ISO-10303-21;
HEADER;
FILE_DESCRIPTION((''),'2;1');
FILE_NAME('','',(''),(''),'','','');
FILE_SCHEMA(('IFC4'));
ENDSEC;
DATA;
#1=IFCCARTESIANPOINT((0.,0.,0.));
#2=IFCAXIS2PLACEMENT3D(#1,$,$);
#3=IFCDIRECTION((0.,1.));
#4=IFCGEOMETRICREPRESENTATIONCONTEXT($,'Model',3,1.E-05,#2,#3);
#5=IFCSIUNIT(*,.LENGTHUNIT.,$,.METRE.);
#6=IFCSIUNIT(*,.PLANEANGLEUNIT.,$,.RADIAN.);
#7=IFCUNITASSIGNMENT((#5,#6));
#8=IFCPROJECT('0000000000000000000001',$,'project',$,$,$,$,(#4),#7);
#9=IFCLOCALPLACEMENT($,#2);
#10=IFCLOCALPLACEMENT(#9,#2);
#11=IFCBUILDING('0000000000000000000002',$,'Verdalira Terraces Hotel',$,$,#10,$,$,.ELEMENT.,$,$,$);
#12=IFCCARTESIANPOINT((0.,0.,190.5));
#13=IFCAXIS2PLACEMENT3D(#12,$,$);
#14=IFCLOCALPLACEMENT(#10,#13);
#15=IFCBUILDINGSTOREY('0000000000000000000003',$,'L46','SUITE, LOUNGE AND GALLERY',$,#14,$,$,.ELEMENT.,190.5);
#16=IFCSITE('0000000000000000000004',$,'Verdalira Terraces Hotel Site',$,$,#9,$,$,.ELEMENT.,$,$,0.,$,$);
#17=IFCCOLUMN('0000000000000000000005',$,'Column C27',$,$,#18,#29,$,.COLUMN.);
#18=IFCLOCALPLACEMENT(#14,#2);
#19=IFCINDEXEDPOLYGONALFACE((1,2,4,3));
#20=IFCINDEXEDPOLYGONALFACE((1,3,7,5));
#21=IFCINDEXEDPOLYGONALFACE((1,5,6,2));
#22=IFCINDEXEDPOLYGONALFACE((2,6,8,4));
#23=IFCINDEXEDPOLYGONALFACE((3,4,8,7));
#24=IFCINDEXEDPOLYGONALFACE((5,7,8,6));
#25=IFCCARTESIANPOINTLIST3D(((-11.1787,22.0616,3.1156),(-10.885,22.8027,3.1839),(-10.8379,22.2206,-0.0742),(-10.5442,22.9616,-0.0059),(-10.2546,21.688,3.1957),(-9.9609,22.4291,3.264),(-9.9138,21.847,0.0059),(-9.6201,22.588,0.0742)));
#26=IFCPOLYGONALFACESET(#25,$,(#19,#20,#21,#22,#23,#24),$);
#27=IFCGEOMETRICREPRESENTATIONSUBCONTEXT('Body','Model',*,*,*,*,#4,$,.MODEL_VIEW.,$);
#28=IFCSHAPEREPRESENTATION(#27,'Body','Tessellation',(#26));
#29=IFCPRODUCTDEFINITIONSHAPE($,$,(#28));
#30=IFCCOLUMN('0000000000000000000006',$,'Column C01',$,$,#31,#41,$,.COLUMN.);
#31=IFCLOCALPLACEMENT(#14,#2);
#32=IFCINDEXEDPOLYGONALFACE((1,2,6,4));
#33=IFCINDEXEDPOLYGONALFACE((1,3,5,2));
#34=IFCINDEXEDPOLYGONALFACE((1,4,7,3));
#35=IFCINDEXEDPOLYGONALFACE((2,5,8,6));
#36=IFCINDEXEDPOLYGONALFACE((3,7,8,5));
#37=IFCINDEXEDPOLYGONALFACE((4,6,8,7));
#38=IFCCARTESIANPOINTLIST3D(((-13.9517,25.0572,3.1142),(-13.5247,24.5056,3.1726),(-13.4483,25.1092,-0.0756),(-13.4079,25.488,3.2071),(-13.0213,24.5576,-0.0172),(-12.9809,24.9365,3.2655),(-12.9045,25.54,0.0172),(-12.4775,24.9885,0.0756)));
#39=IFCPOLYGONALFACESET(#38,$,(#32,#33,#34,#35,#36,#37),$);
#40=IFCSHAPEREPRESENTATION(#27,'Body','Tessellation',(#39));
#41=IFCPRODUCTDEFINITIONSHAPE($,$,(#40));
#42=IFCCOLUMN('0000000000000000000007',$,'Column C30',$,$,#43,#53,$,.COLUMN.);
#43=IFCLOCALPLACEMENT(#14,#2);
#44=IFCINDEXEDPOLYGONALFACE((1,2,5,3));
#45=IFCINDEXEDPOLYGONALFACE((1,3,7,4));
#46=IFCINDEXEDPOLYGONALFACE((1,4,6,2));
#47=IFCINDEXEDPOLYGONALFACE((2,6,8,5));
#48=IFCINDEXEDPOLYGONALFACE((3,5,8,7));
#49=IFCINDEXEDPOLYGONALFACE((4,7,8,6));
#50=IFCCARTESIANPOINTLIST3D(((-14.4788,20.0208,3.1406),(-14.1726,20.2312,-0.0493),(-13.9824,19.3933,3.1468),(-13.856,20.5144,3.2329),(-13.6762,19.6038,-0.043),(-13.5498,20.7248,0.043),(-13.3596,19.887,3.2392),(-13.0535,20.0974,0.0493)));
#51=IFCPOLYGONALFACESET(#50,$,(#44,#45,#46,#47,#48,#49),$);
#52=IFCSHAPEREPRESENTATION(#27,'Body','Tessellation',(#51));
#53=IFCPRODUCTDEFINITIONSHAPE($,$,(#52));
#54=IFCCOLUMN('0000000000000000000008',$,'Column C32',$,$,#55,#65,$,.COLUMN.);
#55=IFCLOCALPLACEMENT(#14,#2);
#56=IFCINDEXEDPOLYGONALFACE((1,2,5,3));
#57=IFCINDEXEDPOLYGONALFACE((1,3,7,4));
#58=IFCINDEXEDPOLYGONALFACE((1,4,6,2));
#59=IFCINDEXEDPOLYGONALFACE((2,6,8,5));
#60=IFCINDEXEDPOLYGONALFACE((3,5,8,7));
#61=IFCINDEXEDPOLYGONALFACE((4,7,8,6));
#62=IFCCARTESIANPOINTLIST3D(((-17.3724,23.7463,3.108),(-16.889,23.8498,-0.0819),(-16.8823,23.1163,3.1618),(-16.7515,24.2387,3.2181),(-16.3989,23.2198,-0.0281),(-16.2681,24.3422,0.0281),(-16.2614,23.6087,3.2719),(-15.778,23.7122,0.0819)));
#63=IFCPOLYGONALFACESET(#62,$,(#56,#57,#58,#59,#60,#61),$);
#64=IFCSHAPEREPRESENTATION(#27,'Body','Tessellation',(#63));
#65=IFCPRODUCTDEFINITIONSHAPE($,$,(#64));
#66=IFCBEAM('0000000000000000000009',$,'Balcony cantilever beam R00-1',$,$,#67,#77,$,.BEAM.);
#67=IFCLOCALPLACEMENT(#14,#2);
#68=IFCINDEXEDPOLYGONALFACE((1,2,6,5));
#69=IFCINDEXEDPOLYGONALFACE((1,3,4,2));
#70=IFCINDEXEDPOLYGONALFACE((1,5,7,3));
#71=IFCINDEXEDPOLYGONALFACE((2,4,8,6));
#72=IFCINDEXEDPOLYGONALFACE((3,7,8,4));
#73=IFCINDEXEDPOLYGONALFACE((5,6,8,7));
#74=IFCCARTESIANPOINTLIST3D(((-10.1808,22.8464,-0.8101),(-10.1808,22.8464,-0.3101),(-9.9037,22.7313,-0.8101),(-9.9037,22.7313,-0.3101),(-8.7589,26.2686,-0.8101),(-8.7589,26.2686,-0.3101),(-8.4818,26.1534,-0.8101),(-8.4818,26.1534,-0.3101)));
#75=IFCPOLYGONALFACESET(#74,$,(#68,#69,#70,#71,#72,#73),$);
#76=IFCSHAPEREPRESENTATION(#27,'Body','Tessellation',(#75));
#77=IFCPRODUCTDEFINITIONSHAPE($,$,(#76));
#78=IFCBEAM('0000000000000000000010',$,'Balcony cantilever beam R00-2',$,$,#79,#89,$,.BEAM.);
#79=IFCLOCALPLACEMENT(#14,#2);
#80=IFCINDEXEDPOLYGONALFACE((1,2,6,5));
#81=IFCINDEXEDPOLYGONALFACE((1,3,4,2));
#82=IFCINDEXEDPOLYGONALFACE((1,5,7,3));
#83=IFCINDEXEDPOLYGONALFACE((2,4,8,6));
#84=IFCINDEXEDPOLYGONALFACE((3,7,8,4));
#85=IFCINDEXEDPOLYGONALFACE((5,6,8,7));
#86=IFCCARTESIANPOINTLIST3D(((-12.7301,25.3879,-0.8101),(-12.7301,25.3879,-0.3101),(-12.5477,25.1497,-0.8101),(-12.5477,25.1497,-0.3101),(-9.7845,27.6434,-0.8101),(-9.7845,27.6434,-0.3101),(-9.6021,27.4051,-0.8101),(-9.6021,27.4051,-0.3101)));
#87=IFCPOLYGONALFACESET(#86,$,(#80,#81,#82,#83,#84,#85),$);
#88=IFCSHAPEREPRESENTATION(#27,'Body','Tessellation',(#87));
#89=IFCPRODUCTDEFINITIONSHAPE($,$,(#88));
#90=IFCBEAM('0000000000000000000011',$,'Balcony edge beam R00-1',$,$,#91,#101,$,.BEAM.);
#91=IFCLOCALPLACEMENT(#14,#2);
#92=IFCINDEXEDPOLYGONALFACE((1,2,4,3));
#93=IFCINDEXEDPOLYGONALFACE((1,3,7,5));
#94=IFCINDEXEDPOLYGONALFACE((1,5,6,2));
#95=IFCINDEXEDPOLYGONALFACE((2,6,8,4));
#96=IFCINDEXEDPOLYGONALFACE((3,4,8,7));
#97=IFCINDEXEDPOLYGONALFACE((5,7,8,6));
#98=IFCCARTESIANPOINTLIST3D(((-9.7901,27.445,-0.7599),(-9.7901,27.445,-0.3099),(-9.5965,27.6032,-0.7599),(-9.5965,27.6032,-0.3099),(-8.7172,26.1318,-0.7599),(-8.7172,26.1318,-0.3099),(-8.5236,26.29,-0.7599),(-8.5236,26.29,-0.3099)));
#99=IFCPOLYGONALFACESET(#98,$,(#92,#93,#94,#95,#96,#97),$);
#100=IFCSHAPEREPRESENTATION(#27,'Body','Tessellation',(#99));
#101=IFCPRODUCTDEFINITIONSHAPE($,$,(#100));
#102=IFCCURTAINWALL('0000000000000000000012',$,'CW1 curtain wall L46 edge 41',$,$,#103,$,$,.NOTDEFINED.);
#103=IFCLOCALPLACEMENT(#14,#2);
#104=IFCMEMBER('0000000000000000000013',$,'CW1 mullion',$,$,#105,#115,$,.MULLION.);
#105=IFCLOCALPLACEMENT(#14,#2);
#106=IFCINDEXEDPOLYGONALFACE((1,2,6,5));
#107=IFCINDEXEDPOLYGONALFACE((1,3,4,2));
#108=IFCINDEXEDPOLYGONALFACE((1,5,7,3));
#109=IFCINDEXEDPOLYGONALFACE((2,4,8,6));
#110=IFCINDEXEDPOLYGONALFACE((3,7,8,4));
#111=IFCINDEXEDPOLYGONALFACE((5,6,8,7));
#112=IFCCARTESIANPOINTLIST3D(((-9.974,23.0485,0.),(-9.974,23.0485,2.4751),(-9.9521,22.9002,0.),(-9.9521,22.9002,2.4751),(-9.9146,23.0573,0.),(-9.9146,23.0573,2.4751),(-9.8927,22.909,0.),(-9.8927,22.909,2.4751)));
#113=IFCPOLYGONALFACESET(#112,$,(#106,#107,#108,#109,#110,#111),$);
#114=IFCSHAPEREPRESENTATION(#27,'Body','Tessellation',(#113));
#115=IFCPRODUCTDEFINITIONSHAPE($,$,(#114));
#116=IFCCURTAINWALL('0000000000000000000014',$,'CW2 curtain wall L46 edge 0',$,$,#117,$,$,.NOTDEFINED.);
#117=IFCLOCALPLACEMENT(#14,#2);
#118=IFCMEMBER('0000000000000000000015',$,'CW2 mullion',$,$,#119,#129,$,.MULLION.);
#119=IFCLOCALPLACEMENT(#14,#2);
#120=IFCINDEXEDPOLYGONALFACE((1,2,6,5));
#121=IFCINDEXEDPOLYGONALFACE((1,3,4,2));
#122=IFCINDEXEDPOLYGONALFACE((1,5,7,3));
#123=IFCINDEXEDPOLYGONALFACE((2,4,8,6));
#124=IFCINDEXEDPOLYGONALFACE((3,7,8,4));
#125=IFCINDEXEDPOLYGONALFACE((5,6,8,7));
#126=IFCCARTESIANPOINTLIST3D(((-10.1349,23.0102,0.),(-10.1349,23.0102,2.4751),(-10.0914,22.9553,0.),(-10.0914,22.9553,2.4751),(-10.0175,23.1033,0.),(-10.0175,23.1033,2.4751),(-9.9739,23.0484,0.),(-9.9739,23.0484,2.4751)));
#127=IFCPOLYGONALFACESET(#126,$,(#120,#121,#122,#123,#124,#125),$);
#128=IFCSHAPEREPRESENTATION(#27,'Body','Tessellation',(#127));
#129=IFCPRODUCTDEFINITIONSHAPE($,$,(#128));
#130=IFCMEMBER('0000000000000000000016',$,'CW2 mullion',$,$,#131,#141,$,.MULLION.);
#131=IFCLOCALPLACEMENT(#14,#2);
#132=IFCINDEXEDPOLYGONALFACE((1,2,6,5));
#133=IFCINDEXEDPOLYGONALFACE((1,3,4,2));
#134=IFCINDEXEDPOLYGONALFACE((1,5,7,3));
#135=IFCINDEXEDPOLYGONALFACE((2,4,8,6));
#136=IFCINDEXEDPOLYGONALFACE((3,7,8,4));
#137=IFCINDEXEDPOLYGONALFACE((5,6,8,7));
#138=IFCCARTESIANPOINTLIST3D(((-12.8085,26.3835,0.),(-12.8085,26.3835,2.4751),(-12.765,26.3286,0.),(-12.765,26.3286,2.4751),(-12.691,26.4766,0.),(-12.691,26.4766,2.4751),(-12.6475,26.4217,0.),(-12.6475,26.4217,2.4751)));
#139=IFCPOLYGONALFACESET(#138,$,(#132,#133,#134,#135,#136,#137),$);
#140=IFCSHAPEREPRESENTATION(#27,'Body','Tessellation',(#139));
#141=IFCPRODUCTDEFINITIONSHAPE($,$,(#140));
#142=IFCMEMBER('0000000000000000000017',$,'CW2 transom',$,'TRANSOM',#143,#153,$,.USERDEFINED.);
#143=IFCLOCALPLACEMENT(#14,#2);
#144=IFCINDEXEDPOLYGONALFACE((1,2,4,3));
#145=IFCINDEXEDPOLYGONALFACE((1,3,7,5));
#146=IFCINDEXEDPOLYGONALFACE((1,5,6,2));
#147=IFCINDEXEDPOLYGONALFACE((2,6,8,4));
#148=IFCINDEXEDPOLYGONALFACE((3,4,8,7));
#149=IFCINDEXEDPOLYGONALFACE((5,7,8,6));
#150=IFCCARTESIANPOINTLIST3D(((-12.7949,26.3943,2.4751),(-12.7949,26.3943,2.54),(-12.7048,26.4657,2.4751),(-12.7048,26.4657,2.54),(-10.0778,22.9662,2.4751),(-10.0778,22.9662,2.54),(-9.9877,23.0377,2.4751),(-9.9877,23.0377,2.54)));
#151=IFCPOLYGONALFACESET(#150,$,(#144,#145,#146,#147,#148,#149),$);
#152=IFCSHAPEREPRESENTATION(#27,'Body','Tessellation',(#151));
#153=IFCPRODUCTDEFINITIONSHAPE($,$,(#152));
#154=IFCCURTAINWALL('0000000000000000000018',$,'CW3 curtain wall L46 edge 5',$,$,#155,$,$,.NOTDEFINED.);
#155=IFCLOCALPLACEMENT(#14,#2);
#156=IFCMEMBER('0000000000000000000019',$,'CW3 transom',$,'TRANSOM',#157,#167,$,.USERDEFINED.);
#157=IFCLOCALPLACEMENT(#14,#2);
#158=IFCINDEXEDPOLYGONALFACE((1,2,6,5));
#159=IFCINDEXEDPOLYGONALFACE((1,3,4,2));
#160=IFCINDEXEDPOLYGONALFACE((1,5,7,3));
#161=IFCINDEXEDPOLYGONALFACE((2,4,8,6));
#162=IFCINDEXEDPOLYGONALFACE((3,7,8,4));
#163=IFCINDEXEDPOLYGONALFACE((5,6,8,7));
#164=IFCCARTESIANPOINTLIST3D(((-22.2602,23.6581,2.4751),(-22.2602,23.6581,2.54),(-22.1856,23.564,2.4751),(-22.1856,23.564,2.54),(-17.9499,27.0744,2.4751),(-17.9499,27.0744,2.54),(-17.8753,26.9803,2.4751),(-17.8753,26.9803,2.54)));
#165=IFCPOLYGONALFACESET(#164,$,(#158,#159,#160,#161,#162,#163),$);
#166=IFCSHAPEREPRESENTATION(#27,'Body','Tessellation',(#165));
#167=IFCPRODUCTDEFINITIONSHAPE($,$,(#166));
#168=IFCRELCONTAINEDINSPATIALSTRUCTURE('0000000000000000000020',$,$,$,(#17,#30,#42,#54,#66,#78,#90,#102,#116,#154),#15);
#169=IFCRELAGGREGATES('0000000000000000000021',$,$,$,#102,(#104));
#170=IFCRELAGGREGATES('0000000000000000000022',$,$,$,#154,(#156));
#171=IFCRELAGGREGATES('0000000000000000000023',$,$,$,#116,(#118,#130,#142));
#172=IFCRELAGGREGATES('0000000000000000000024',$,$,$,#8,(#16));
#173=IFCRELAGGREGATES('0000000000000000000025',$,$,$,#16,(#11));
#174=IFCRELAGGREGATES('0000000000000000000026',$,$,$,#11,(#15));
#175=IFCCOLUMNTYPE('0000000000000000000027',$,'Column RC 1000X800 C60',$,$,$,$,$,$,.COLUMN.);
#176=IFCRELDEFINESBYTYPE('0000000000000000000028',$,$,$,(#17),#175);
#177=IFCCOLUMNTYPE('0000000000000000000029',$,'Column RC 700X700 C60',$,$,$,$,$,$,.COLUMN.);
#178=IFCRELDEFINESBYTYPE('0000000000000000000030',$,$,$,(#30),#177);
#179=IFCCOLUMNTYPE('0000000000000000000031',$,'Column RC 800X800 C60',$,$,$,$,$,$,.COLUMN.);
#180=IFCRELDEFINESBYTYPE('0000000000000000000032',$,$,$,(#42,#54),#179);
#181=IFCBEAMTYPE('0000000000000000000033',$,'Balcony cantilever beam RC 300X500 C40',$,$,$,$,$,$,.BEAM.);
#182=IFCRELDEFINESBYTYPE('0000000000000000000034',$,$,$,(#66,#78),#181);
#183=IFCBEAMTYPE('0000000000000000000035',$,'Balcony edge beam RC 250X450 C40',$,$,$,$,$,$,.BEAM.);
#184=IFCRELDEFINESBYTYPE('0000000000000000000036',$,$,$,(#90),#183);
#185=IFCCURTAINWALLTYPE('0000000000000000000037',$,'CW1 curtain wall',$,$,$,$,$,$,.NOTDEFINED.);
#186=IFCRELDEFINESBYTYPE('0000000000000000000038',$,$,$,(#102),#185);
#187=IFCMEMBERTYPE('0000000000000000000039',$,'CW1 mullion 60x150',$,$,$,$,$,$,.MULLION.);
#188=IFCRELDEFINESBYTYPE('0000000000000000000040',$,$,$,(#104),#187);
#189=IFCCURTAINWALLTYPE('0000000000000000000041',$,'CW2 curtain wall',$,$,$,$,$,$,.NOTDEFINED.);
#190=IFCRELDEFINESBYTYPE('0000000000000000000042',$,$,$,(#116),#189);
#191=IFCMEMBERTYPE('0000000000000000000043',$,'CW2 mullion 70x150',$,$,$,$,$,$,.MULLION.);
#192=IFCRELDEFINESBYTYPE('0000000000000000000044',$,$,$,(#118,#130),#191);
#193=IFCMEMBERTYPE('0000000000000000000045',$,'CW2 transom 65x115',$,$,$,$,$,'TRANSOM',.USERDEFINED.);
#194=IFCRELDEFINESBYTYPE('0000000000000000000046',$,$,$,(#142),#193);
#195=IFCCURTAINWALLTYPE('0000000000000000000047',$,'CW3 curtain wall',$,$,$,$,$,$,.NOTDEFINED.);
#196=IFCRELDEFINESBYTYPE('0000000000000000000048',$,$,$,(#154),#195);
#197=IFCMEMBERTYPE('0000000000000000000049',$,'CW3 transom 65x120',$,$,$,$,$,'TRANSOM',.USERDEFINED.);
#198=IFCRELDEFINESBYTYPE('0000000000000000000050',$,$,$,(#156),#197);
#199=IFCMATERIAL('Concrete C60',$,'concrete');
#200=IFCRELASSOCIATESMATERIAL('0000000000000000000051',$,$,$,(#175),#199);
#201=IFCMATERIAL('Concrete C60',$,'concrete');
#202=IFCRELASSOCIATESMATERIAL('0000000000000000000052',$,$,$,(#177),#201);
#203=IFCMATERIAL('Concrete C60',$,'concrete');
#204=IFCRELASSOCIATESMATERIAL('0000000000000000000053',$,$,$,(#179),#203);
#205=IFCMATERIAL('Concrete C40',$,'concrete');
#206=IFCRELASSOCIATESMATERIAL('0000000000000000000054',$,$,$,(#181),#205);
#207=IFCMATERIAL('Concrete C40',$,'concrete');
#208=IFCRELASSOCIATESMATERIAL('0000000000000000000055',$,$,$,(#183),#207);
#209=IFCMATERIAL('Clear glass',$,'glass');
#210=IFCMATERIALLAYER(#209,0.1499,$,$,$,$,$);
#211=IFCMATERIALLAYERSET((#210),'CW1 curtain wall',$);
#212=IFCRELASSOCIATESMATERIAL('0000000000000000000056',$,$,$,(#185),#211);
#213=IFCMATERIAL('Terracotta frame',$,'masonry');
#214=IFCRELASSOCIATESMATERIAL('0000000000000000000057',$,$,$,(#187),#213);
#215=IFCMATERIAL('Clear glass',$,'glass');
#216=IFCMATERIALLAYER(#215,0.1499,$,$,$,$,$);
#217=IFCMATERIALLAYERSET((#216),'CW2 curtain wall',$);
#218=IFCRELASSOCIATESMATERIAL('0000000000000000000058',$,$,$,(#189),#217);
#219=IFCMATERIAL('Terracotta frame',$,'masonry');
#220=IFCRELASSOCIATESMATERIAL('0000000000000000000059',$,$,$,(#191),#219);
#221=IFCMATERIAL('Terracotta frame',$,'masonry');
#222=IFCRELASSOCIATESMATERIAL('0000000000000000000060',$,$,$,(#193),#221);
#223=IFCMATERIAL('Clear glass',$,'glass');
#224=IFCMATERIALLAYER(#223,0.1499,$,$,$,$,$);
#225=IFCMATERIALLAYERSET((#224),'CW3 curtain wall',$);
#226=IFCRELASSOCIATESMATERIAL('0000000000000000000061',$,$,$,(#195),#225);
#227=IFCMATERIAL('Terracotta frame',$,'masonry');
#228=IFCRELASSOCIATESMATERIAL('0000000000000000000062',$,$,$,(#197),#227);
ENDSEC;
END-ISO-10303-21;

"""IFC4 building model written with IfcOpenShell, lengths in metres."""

from ifc_helpers import new_model, si_unit, direction, frame, origin, origin_2d, place, context, subcontext, project, spatial, rectangle, extrude, material, layer, layer_set, material_profile, profile_set, type_object, element, aggregate, save


model = new_model("IFC4")

# Units and contexts
model_context = context("Model", 3, precision=1e-05, world=origin(), true_north=direction((0.0, 1.0)))
body_context = subcontext(model_context, "Body", "Model", "MODEL_VIEW")
ifc_project = project(units=[si_unit("LENGTHUNIT", "METRE"), si_unit("PLANEANGLEUNIT", "RADIAN")], contexts=[model_context])

# Site, building, storey
site_placement = place(None, origin())
site = spatial("IfcSite", under=ifc_project, at=site_placement, Name="Verdalira Terraces Hotel Site", CompositionType="ELEMENT", RefElevation=0.0)
building_placement = place(site_placement, origin())
building = spatial("IfcBuilding", under=site, at=building_placement, Name="Verdalira Terraces Hotel", CompositionType="ELEMENT")
storey_placement = place(building_placement, frame((0.0, 0.0, 190.5)))
storey = spatial("IfcBuildingStorey", under=building, at=storey_placement, Name="L46", Description="SUITE, LOUNGE AND GALLERY", CompositionType="ELEMENT", Elevation=190.5)

# Columns
ifc_material_1 = material(Name="Concrete C60", Category="concrete")
ifc_material_profile_1 = material_profile(ifc_material_1, rectangle(XDim=1.0, YDim=0.8, at=origin_2d()), Name="RC 1000X800")
ifc_profile_set_1 = profile_set([ifc_material_profile_1], Name="Concrete C60")
column_type_1 = type_object("IfcColumnType", Name="Column RC 1000X800 C60", PredefinedType="COLUMN", material=ifc_profile_set_1)
column_1_placement = place(storey_placement, frame((-10.229, 22.4043, 0.0), z_axis=(-0.106107, -0.049481, 0.993123), x_axis=(0.924117, -0.373615, 0.08012)))
element("IfcColumn", 1, at=column_1_placement, inside=storey, type_object=column_type_1, Name="Column C27", PredefinedType="COLUMN", context=body_context, shape_type="SweptSolid", body=[
    extrude(rectangle(XDim=1.0, YDim=0.8, at=origin_2d()), origin(), (0.0, 0.0, 1.0), 3.2119),
])
ifc_material_2 = material(Name="Concrete C60", Category="concrete")
ifc_material_profile_2 = material_profile(ifc_material_2, rectangle(XDim=0.7, YDim=0.7, at=origin_2d()), Name="RC 700X700")
ifc_profile_set_2 = profile_set([ifc_material_profile_2], Name="Concrete C60")
column_type_2 = type_object("IfcColumnType", Name="Column RC 700X700 C60", PredefinedType="COLUMN", material=ifc_profile_set_2)
column_2_placement = place(storey_placement, frame((-12.9629, 25.0488, 0.0), z_axis=(-0.155865, -0.0161, 0.987647), x_axis=(-0.610089, 0.787927, -0.083436)))
element("IfcColumn", 2, at=column_2_placement, inside=storey, type_object=column_type_2, Name="Column C01", PredefinedType="COLUMN", context=body_context, shape_type="SweptSolid", body=[
    extrude(rectangle(XDim=0.7, YDim=0.7, at=origin_2d()), origin(), (0.0, 0.0, 1.0), 3.2297),
])
ifc_material_3 = material(Name="Concrete C60", Category="concrete")
ifc_material_profile_3 = material_profile(ifc_material_3, rectangle(XDim=0.8, YDim=0.8, at=origin_2d()), Name="RC 800X800")
ifc_profile_set_3 = profile_set([ifc_material_profile_3], Name="Concrete C60")
column_type_3 = type_object("IfcColumnType", Name="Column RC 800X800 C60", PredefinedType="COLUMN", material=ifc_profile_set_3)
column_3_placement = place(storey_placement, frame((-13.613, 20.1643, 0.0), z_axis=(-0.09533, -0.06553, 0.993286), x_axis=(-0.620429, 0.784224, -0.007808)))
element("IfcColumn", 3, at=column_3_placement, inside=storey, type_object=column_type_3, Name="Column C30", PredefinedType="COLUMN", context=body_context, shape_type="SweptSolid", body=[
    extrude(rectangle(XDim=0.8, YDim=0.8, at=origin_2d()), origin(), (0.0, 0.0, 1.0), 3.2114),
])
column_4_placement = place(storey_placement, frame((-16.3335, 23.781, 0.0), z_axis=(-0.149751, -0.032068, 0.988204), x_axis=(-0.612632, 0.787499, -0.067282)))
element("IfcColumn", 4, at=column_4_placement, inside=storey, type_object=column_type_3, Name="Column C32", PredefinedType="COLUMN", context=body_context, shape_type="SweptSolid", body=[
    extrude(rectangle(XDim=0.8, YDim=0.8, at=origin_2d()), origin(), (0.0, 0.0, 1.0), 3.228),
])

# Beams
ifc_material_4 = material(Name="Concrete C40", Category="concrete")
ifc_material_profile_4 = material_profile(ifc_material_4, rectangle(XDim=0.3, YDim=0.5, at=origin_2d()), Name="RC 300X500")
ifc_profile_set_4 = profile_set([ifc_material_profile_4], Name="Concrete C40")
beam_type_1 = type_object("IfcBeamType", Name="Balcony cantilever beam RC 300X500 C40", PredefinedType="BEAM", material=ifc_profile_set_4)
beam_1_placement = place(storey_placement, frame((-10.0422, 22.7888, -0.5601), z_axis=(0.383694, 0.92346, 0.0), x_axis=(-0.92346, 0.383694, 0.0)))
element("IfcBeam", 5, at=beam_1_placement, inside=storey, type_object=beam_type_1, Name="Balcony cantilever beam R00-1", PredefinedType="BEAM", context=body_context, shape_type="SweptSolid", body=[
    extrude(rectangle(XDim=0.3, YDim=0.5, at=origin_2d()), origin(), (0.0, 0.0, 1.0), 3.7058),
])
beam_2_placement = place(storey_placement, frame((-12.6389, 25.2688, -0.5601), z_axis=(0.793982, 0.607941, 0.0), x_axis=(-0.607941, 0.793982, 0.0)))
element("IfcBeam", 6, at=beam_2_placement, inside=storey, type_object=beam_type_1, Name="Balcony cantilever beam R00-2", PredefinedType="BEAM", context=body_context, shape_type="SweptSolid", body=[
    extrude(rectangle(XDim=0.3, YDim=0.5, at=origin_2d()), origin(), (0.0, 0.0, 1.0), 3.71),
])
ifc_material_5 = material(Name="Concrete C40", Category="concrete")
ifc_material_profile_5 = material_profile(ifc_material_5, rectangle(XDim=0.25, YDim=0.45, at=origin_2d()), Name="RC 250X450")
ifc_profile_set_5 = profile_set([ifc_material_profile_5], Name="Concrete C40")
beam_type_2 = type_object("IfcBeamType", Name="Balcony edge beam RC 250X450 C40", PredefinedType="BEAM", material=ifc_profile_set_5)
beam_3_placement = place(storey_placement, frame((-8.6204, 26.2109, -0.5349), z_axis=(-0.63272, 0.77438, 0.0), x_axis=(-0.77438, -0.63272, 0.0)))
element("IfcBeam", 7, at=beam_3_placement, inside=storey, type_object=beam_type_2, Name="Balcony edge beam R00-1", PredefinedType="BEAM", context=body_context, shape_type="SweptSolid", body=[
    extrude(rectangle(XDim=0.25, YDim=0.45, at=origin_2d()), origin(), (0.0, 0.0, 1.0), 1.6958),
])

# Curtain wall, member
ifc_material_6 = material(Name="Clear glass", Category="glass")
ifc_layer_1 = layer(ifc_material_6, 0.1499)
ifc_layer_set_1 = layer_set([ifc_layer_1], Name="CW1 curtain wall")
curtain_wall_type_1 = type_object("IfcCurtainWallType", Name="CW1 curtain wall", PredefinedType="NOTDEFINED", material=ifc_layer_set_1)
curtain_wall_1_placement = place(storey_placement, origin())
curtain_wall_1 = element("IfcCurtainWall", 8, at=curtain_wall_1_placement, inside=storey, type_object=curtain_wall_type_1, Name="CW1 curtain wall L46 edge 41", PredefinedType="NOTDEFINED")
ifc_material_7 = material(Name="Terracotta frame", Category="masonry")
ifc_material_profile_6 = material_profile(ifc_material_7, rectangle(XDim=0.0601, YDim=0.1499, at=origin_2d()), Name="MU 60x150")
ifc_profile_set_6 = profile_set([ifc_material_profile_6], Name="Terracotta frame")
member_type_1 = type_object("IfcMemberType", Name="CW1 mullion 60x150", PredefinedType="MULLION", material=ifc_profile_set_6)
member_1_placement = place(storey_placement, frame((-9.9334, 22.9788, 0.0), z_axis=(0.0, 0.0, 1.0), x_axis=(-0.989272, -0.146083, 0.0)))
member_1 = element("IfcMember", 9, at=member_1_placement, type_object=member_type_1, Name="CW1 mullion", PredefinedType="MULLION", context=body_context, shape_type="SweptSolid", body=[
    extrude(rectangle(XDim=0.0601, YDim=0.1499, at=origin_2d()), origin(), (0.0, 0.0, 1.0), 2.4751),
])
aggregate(curtain_wall_1, [member_1])

# Curtain wall, members
ifc_material_8 = material(Name="Clear glass", Category="glass")
ifc_layer_2 = layer(ifc_material_8, 0.1499)
ifc_layer_set_2 = layer_set([ifc_layer_2], Name="CW2 curtain wall")
curtain_wall_type_2 = type_object("IfcCurtainWallType", Name="CW2 curtain wall", PredefinedType="NOTDEFINED", material=ifc_layer_set_2)
curtain_wall_2_placement = place(storey_placement, origin())
curtain_wall_2 = element("IfcCurtainWall", 10, at=curtain_wall_2_placement, inside=storey, type_object=curtain_wall_type_2, Name="CW2 curtain wall L46 edge 0", PredefinedType="NOTDEFINED")
ifc_material_9 = material(Name="Terracotta frame", Category="masonry")
ifc_material_profile_7 = material_profile(ifc_material_9, rectangle(XDim=0.0701, YDim=0.1499, at=origin_2d()), Name="MU 70x150")
ifc_profile_set_7 = profile_set([ifc_material_profile_7], Name="Terracotta frame")
member_type_2 = type_object("IfcMemberType", Name="CW2 mullion 70x150", PredefinedType="MULLION", material=ifc_profile_set_7)
member_2_placement = place(storey_placement, frame((-10.0544, 23.0293, 0.0), z_axis=(0.0, 0.0, 1.0), x_axis=(-0.621148, 0.783693, 0.0)))
member_2 = element("IfcMember", 11, at=member_2_placement, type_object=member_type_2, Name="CW2 mullion", PredefinedType="MULLION", context=body_context, shape_type="SweptSolid", body=[
    extrude(rectangle(XDim=0.0701, YDim=0.1499, at=origin_2d()), origin(), (0.0, 0.0, 1.0), 2.4751),
])
member_3_placement = place(storey_placement, frame((-12.728, 26.4026, 0.0), z_axis=(0.0, 0.0, 1.0), x_axis=(-0.621148, 0.783693, 0.0)))
member_3 = element("IfcMember", 12, at=member_3_placement, type_object=member_type_2, Name="CW2 mullion", PredefinedType="MULLION", context=body_context, shape_type="SweptSolid", body=[
    extrude(rectangle(XDim=0.0701, YDim=0.1499, at=origin_2d()), origin(), (0.0, 0.0, 1.0), 2.4751),
])
ifc_material_10 = material(Name="Terracotta frame", Category="masonry")
ifc_material_profile_8 = material_profile(ifc_material_10, rectangle(XDim=0.115, YDim=0.0649, at=origin_2d()), Name="TR 65x115")
ifc_profile_set_8 = profile_set([ifc_material_profile_8], Name="Terracotta frame")
member_type_3 = type_object("IfcMemberType", Name="CW2 transom 65x115", ElementType="TRANSOM", PredefinedType="USERDEFINED", material=ifc_profile_set_8)
member_4_placement = place(storey_placement, frame((-10.0327, 23.002, 2.5076), z_axis=(-0.621156, 0.783687, 0.0), x_axis=(-0.783687, -0.621156, 0.0)))
member_4 = element("IfcMember", 13, at=member_4_placement, type_object=member_type_3, Name="CW2 transom", ObjectType="TRANSOM", PredefinedType="USERDEFINED", context=body_context, shape_type="SweptSolid", body=[
    extrude(rectangle(XDim=0.115, YDim=0.0649, at=origin_2d()), origin(), (0.0, 0.0, 1.0), 4.3743),
])

# Curtain wall, member
ifc_material_11 = material(Name="Clear glass", Category="glass")
ifc_layer_3 = layer(ifc_material_11, 0.1499)
ifc_layer_set_3 = layer_set([ifc_layer_3], Name="CW3 curtain wall")
curtain_wall_type_3 = type_object("IfcCurtainWallType", Name="CW3 curtain wall", PredefinedType="NOTDEFINED", material=ifc_layer_set_3)
curtain_wall_3_placement = place(storey_placement, origin())
curtain_wall_3 = element("IfcCurtainWall", 14, at=curtain_wall_3_placement, inside=storey, type_object=curtain_wall_type_3, Name="CW3 curtain wall L46 edge 5", PredefinedType="NOTDEFINED")
ifc_material_12 = material(Name="Terracotta frame", Category="masonry")
ifc_material_profile_9 = material_profile(ifc_material_12, rectangle(XDim=0.1201, YDim=0.0649, at=origin_2d()), Name="TR 65x120")
ifc_profile_set_9 = profile_set([ifc_material_profile_9], Name="Terracotta frame")
member_type_4 = type_object("IfcMemberType", Name="CW3 transom 65x120", ElementType="TRANSOM", PredefinedType="USERDEFINED", material=ifc_profile_set_9)
member_5_placement = place(storey_placement, frame((-17.9126, 27.0273, 2.5076), z_axis=(-0.783697, -0.621143, 0.0), x_axis=(0.621143, -0.783697, 0.0)))
member_5 = element("IfcMember", 15, at=member_5_placement, type_object=member_type_4, Name="CW3 transom", ObjectType="TRANSOM", PredefinedType="USERDEFINED", context=body_context, shape_type="SweptSolid", body=[
    extrude(rectangle(XDim=0.1201, YDim=0.0649, at=origin_2d()), origin(), (0.0, 0.0, 1.0), 5.5),
])
aggregate(curtain_wall_3, [member_5])

aggregate(curtain_wall_2, [member_2, member_3, member_4])

save(model, "model.ifc")
